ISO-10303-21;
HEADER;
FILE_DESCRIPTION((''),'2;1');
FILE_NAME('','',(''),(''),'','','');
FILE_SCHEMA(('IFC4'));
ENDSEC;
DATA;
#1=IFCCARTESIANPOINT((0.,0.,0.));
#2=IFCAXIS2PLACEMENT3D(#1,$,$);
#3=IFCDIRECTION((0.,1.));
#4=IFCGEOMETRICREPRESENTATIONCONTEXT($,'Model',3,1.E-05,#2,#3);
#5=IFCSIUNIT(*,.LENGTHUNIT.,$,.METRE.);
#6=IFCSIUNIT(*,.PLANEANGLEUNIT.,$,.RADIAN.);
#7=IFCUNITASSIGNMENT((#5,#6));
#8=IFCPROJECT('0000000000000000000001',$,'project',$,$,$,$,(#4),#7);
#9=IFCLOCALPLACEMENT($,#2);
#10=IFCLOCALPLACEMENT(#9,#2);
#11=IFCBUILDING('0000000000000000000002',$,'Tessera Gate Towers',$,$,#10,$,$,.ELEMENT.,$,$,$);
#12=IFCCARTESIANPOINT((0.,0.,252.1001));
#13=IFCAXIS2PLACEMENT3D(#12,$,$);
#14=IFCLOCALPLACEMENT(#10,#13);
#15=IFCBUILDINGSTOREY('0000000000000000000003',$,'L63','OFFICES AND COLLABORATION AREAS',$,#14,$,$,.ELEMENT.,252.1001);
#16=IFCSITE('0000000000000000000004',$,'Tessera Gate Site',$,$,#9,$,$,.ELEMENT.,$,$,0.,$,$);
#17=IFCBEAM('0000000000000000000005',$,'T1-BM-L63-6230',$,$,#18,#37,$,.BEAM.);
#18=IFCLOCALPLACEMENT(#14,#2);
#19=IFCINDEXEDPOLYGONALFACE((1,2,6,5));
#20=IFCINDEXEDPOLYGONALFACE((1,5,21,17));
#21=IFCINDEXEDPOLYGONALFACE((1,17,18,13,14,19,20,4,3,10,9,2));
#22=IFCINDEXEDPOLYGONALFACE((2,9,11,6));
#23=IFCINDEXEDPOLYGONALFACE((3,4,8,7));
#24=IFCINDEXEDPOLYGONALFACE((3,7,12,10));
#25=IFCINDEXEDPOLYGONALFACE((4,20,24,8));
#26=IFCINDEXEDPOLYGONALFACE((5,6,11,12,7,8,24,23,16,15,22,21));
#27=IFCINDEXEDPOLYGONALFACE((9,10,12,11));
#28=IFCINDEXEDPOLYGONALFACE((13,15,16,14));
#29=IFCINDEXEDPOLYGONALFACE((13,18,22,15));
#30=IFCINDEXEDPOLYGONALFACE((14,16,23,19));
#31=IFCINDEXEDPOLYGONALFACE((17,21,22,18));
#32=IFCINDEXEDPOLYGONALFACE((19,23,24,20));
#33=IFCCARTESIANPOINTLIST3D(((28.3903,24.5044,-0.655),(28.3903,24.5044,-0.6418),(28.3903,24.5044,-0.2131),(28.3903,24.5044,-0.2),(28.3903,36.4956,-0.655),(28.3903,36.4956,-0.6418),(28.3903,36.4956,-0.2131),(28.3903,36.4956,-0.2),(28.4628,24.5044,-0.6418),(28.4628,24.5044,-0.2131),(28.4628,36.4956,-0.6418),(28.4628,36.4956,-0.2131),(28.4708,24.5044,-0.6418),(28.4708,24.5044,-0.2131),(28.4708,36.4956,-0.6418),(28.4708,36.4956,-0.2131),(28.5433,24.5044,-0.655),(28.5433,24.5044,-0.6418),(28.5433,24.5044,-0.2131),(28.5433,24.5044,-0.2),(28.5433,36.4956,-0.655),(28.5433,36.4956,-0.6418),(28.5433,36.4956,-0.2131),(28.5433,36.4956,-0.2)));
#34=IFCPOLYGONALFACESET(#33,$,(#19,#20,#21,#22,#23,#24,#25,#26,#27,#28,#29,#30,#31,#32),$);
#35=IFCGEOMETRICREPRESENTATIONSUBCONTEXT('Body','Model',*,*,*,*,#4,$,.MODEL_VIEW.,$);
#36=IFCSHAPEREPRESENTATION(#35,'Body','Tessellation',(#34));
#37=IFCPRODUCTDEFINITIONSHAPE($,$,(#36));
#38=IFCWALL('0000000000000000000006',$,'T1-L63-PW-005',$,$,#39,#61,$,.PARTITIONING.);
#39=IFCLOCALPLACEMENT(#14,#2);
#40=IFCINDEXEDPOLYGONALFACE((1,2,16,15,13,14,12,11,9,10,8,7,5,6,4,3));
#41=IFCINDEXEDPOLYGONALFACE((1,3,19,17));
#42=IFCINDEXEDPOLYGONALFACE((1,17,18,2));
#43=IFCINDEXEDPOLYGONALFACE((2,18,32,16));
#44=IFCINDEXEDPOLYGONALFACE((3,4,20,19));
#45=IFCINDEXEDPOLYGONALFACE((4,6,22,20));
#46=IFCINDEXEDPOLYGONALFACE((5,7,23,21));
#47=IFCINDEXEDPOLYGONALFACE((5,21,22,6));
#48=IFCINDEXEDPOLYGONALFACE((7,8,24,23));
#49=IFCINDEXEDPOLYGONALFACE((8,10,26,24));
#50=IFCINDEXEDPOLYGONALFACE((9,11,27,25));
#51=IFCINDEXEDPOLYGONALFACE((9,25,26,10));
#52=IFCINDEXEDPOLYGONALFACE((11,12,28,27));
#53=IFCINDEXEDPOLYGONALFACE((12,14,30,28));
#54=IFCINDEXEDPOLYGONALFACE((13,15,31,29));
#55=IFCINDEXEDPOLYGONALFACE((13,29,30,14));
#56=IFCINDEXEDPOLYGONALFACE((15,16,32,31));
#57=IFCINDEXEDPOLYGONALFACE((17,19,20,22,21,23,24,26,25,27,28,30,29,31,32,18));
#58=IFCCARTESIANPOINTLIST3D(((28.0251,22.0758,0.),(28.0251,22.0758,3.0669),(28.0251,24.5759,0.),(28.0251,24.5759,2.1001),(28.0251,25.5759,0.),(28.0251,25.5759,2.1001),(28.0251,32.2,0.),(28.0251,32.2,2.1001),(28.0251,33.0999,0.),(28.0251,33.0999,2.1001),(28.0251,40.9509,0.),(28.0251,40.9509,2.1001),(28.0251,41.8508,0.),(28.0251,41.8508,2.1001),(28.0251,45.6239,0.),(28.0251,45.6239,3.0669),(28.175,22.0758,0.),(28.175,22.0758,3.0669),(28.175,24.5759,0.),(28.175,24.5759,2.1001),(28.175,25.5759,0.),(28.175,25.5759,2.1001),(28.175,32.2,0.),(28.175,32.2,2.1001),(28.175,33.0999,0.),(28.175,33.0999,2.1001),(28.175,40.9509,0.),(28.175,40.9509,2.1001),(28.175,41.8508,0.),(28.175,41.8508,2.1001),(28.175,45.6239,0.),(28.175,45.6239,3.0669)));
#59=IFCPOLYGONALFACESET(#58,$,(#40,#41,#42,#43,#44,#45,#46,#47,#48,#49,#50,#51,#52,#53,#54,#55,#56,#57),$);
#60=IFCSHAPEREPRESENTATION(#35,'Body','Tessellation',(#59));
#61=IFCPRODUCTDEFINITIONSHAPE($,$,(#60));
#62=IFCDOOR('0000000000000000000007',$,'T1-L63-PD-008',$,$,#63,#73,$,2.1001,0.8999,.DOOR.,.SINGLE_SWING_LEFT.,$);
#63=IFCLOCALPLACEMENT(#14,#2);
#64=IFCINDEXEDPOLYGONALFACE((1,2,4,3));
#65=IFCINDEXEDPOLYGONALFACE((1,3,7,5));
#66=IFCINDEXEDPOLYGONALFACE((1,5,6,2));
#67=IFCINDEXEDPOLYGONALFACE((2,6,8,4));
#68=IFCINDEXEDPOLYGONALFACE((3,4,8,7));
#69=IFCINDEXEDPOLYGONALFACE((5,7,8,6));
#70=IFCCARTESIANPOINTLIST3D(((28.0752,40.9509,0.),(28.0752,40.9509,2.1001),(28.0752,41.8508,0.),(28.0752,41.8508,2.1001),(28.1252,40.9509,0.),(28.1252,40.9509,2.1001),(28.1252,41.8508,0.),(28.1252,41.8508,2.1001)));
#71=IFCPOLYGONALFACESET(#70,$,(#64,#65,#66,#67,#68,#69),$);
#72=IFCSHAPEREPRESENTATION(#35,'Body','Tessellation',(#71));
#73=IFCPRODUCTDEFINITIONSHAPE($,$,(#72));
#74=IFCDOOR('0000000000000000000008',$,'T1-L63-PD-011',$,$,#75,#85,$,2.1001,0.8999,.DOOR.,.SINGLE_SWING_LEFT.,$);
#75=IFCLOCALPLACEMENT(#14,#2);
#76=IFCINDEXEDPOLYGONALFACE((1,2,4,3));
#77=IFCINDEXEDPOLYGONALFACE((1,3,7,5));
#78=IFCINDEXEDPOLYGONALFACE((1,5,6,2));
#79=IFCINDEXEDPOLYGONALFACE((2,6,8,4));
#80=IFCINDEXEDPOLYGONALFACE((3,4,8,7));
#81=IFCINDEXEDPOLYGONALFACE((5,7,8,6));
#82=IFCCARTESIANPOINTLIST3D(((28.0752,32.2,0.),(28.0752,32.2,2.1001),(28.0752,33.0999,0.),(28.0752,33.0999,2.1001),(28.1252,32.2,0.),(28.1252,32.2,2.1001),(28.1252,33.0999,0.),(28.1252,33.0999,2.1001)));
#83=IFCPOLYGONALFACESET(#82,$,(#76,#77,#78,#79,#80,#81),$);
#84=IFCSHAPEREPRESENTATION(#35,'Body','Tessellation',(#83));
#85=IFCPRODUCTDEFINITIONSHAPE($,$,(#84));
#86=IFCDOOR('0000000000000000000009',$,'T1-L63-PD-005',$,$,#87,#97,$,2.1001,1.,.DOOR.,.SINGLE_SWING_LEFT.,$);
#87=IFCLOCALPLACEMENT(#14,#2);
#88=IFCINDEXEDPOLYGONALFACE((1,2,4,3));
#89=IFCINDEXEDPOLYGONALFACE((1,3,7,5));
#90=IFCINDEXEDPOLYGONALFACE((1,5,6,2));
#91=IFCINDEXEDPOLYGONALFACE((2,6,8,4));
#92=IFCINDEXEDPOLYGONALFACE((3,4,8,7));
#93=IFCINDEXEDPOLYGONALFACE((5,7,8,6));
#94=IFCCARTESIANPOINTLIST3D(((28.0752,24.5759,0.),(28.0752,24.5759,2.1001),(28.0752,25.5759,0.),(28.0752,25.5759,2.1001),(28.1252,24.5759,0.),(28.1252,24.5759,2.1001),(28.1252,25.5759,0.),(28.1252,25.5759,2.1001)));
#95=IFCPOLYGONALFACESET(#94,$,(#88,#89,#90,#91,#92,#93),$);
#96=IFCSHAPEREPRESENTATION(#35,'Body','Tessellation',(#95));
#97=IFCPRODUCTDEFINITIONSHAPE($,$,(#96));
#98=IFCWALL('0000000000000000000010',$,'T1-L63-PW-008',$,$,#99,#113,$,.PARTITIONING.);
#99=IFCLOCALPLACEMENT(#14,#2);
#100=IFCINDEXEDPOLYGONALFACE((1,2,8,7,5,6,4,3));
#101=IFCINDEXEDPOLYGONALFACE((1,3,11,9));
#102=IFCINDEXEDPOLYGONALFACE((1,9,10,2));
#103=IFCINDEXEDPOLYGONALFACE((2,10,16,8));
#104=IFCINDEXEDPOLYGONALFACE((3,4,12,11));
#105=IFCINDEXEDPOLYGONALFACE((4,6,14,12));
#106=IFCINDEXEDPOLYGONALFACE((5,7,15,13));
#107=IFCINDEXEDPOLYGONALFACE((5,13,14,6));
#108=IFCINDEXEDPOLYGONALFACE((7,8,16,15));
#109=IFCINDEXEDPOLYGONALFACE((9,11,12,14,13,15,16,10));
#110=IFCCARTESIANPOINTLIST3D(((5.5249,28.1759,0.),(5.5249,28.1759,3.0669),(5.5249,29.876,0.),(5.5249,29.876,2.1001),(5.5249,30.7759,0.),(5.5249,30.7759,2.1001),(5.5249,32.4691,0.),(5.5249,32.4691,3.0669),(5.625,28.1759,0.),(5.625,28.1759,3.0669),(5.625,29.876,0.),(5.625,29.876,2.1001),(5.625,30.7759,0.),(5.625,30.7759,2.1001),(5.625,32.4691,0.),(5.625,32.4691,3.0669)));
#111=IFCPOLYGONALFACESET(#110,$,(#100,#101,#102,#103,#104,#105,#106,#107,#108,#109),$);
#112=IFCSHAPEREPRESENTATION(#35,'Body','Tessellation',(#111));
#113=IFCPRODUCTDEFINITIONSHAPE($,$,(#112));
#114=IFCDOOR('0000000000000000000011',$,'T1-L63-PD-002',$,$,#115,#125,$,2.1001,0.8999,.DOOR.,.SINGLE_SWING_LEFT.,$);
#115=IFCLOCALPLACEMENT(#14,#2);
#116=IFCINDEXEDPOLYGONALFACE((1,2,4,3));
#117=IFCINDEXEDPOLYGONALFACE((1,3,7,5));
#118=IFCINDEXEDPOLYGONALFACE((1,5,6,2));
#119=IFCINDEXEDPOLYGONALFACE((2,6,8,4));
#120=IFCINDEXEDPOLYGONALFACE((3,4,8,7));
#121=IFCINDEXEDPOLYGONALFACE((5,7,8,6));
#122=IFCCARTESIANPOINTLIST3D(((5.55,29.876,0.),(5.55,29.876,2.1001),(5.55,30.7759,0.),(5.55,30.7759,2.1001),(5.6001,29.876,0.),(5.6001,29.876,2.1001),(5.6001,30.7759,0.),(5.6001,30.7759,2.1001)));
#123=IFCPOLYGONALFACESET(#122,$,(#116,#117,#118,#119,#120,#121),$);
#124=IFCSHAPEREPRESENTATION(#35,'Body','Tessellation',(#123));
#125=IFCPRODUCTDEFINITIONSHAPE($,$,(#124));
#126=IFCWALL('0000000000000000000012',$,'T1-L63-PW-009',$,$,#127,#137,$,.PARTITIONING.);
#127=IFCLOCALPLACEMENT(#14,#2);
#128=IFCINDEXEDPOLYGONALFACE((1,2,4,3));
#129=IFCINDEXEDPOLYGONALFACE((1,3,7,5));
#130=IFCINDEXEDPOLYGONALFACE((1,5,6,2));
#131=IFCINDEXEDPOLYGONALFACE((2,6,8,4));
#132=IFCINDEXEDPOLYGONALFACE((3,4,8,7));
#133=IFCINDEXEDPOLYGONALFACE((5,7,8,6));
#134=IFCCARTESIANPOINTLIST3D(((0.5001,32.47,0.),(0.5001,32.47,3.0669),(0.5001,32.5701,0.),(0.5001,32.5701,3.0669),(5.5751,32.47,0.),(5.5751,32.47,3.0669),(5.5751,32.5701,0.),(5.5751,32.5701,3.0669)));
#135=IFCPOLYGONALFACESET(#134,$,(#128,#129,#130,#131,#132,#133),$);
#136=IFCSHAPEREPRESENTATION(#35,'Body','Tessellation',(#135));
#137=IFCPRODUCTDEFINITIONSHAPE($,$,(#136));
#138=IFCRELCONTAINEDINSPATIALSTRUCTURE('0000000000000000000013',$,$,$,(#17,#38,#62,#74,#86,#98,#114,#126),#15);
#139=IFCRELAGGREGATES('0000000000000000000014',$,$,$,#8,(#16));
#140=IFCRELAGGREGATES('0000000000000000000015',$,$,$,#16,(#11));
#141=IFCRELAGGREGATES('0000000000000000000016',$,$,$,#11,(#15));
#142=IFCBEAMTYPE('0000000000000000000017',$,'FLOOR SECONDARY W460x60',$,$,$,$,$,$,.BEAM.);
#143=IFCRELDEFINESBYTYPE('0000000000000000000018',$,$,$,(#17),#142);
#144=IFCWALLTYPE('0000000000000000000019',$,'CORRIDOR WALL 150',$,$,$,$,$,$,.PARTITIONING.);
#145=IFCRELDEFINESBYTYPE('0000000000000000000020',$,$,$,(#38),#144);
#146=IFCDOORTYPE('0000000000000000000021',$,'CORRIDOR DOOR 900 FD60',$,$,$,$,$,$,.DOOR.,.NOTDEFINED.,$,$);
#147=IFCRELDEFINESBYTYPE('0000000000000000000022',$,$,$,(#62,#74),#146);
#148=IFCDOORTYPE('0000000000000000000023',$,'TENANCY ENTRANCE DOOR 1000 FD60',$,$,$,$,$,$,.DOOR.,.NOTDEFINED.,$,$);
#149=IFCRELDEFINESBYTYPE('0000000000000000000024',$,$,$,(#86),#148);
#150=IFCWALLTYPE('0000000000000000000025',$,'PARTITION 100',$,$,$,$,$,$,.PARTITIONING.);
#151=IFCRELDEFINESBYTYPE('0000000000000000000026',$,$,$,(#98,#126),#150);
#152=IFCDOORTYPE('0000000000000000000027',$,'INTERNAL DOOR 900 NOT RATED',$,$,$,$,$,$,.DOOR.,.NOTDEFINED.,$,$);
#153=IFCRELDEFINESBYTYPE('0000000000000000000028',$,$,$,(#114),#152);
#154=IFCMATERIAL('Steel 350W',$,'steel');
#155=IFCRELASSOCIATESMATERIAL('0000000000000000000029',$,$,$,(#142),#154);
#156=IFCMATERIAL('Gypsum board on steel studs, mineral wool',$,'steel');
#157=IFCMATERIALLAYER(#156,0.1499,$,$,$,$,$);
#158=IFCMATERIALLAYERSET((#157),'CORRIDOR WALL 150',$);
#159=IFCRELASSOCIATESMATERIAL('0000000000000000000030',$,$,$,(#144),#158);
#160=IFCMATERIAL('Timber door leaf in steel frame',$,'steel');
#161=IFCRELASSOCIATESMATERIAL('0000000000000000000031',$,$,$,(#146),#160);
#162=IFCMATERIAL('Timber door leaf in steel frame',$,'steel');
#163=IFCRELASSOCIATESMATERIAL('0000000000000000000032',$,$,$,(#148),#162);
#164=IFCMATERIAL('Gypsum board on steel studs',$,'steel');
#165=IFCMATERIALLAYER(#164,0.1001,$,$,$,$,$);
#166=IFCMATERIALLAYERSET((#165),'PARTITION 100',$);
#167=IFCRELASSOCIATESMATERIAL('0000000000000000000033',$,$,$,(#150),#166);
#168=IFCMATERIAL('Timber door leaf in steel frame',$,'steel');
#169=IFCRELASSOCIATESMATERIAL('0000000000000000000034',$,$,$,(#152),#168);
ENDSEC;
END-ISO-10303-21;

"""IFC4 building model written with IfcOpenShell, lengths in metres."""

from ifc_helpers import new_model, si_unit, direction, frame, frame_2d, origin, origin_2d, place, context, subcontext, project, spatial, rectangle, i_section, extrude, source, transform, mapped, material, layer, layer_set, material_profile, profile_set, type_object, element, fill, save


model = new_model("IFC4")

# Units and contexts
model_context = context("Model", 3, precision=1e-05, world=origin(), true_north=direction((0.0, 1.0)))
body_context = subcontext(model_context, "Body", "Model", "MODEL_VIEW")
ifc_project = project(units=[si_unit("LENGTHUNIT", "METRE"), si_unit("PLANEANGLEUNIT", "RADIAN")], contexts=[model_context])

# Site, building, storey
site_placement = place(None, origin())
site = spatial("IfcSite", under=ifc_project, at=site_placement, Name="Tessera Gate Site", CompositionType="ELEMENT", RefElevation=0.0)
building_placement = place(site_placement, origin())
building = spatial("IfcBuilding", under=site, at=building_placement, Name="Tessera Gate Towers", CompositionType="ELEMENT")
storey_placement = place(building_placement, frame((0.0, 0.0, 252.1001)))
storey = spatial("IfcBuildingStorey", under=building, at=storey_placement, Name="L63", Description="OFFICES AND COLLABORATION AREAS", CompositionType="ELEMENT", Elevation=252.1001)

# Beam
ifc_material_1 = material(Name="Steel 350W", Category="steel")
ifc_material_profile_1 = material_profile(ifc_material_1, i_section(OverallWidth=0.1531, OverallDepth=0.4551, WebThickness=0.0081, FlangeThickness=0.0132, at=origin_2d()), Name="W460x60")
ifc_profile_set_1 = profile_set([ifc_material_profile_1], Name="Steel 350W")
beam_type_1 = type_object("IfcBeamType", Name="FLOOR SECONDARY W460x60", PredefinedType="BEAM", material=ifc_profile_set_1)
for number, where, z_axis, x_axis, name in (
    (1, (28.4668, 24.5044, -0.4275), (0.0, 1.0, 0.0), (-1.0, 0.0, 0.0), "T1-BM-L63-6230"),
):
    element("IfcBeam", number, at=place(storey_placement, frame(where, z_axis=z_axis, x_axis=x_axis)), inside=storey, type_object=beam_type_1, Name=name, PredefinedType="BEAM", context=body_context, shape_type="SweptSolid", body=[
        extrude(i_section(OverallWidth=0.1531, OverallDepth=0.4551, WebThickness=0.0081, FlangeThickness=0.0132, at=origin_2d()), origin(), (0.0, 0.0, 1.0), 11.9912),
    ])

# Wall, openings, doors
ifc_material_2 = material(Name="Gypsum board on steel studs, mineral wool", Category="steel")
ifc_layer_1 = layer(ifc_material_2, 0.1499)
ifc_layer_set_1 = layer_set([ifc_layer_1], Name="CORRIDOR WALL 150")
wall_type_1 = type_object("IfcWallType", Name="CORRIDOR WALL 150", PredefinedType="PARTITIONING", material=ifc_layer_set_1)
wall_1_placement = place(storey_placement, frame((28.1001, 22.0759, 0.0), z_axis=(0.0, 0.0, 1.0), x_axis=(0.0, 1.0, 0.0)))
wall_1 = element("IfcWall", 2, at=wall_1_placement, inside=storey, type_object=wall_type_1, Name="T1-L63-PW-005", PredefinedType="PARTITIONING", context=body_context, shape_type="SweptSolid", body=[
    extrude(rectangle(XDim=23.5481, YDim=0.1499, at=frame_2d((11.7739, 0.0))), origin(), (0.0, 0.0, 1.0), 3.0669),
])
shared_shape_1 = source(origin(), body_context, "Body", "SweptSolid", [
    extrude(rectangle(XDim=1.0, YDim=2.1001, at=frame_2d((0.5, 1.05))), frame((0.0, 0.085, 0.0), z_axis=(0.0, -1.0, 0.0), x_axis=(1.0, 0.0, 0.0)), (0.0, 0.0, 1.0), 0.1699),
])
opening_1_placement = place(wall_1_placement, frame((2.5, 0.0, 0.0)))
opening_1 = element("IfcOpeningElement", 3, at=opening_1_placement, cuts=wall_1, PredefinedType="OPENING", context=body_context, shape_type="MappedRepresentation", body=[
    mapped(shared_shape_1, transform((0.0, 0.0, 0.0), scale=1.0)),
])
shared_shape_2 = source(origin(), body_context, "Body", "SweptSolid", [
    extrude(rectangle(XDim=0.8999, YDim=2.1001, at=frame_2d((0.45, 1.05))), frame((0.0, 0.085, 0.0), z_axis=(0.0, -1.0, 0.0), x_axis=(1.0, 0.0, 0.0)), (0.0, 0.0, 1.0), 0.1699),
])
opening_2_placement = place(wall_1_placement, frame((18.875, 0.0, 0.0)))
opening_2 = element("IfcOpeningElement", 4, at=opening_2_placement, cuts=wall_1, PredefinedType="OPENING", context=body_context, shape_type="MappedRepresentation", body=[
    mapped(shared_shape_2, transform((0.0, 0.0, 0.0), scale=1.0)),
])
opening_3_placement = place(wall_1_placement, frame((10.124, 0.0, 0.0)))
opening_3 = element("IfcOpeningElement", 5, at=opening_3_placement, cuts=wall_1, PredefinedType="OPENING", context=body_context, shape_type="MappedRepresentation", body=[
    mapped(shared_shape_2, transform((0.0, 0.0, 0.0), scale=1.0)),
])
ifc_material_3 = material(Name="Timber door leaf in steel frame", Category="steel")
door_type_1 = type_object("IfcDoorType", Name="CORRIDOR DOOR 900 FD60", OperationType="NOTDEFINED", PredefinedType="DOOR", material=ifc_material_3)
shared_shape_3 = source(origin(), body_context, "Body", "SweptSolid", [
    extrude(rectangle(XDim=0.8999, YDim=2.1001, at=frame_2d((0.45, 1.05))), frame((0.0, 0.0249, 0.0), z_axis=(0.0, -1.0, 0.0), x_axis=(1.0, 0.0, 0.0)), (0.0, 0.0, 1.0), 0.05),
])
door_1_placement = place(opening_2_placement, origin())
door_1 = element("IfcDoor", 6, at=door_1_placement, inside=storey, type_object=door_type_1, Name="T1-L63-PD-008", OperationType="SINGLE_SWING_LEFT", OverallHeight=2.1001, OverallWidth=0.8999, PredefinedType="DOOR", context=body_context, shape_type="MappedRepresentation", body=[
    mapped(shared_shape_3, transform((0.0, 0.0, 0.0), scale=1.0)),
])
fill(opening_2, door_1)
door_2_placement = place(opening_3_placement, origin())
door_2 = element("IfcDoor", 7, at=door_2_placement, inside=storey, type_object=door_type_1, Name="T1-L63-PD-011", OperationType="SINGLE_SWING_LEFT", OverallHeight=2.1001, OverallWidth=0.8999, PredefinedType="DOOR", context=body_context, shape_type="MappedRepresentation", body=[
    mapped(shared_shape_3, transform((0.0, 0.0, 0.0), scale=1.0)),
])
fill(opening_3, door_2)
ifc_material_4 = material(Name="Timber door leaf in steel frame", Category="steel")
door_type_2 = type_object("IfcDoorType", Name="TENANCY ENTRANCE DOOR 1000 FD60", OperationType="NOTDEFINED", PredefinedType="DOOR", material=ifc_material_4)
shared_shape_4 = source(origin(), body_context, "Body", "SweptSolid", [
    extrude(rectangle(XDim=1.0, YDim=2.1001, at=frame_2d((0.5, 1.05))), frame((0.0, 0.0249, 0.0), z_axis=(0.0, -1.0, 0.0), x_axis=(1.0, 0.0, 0.0)), (0.0, 0.0, 1.0), 0.05),
])
door_3_placement = place(opening_1_placement, origin())
door_3 = element("IfcDoor", 8, at=door_3_placement, inside=storey, type_object=door_type_2, Name="T1-L63-PD-005", OperationType="SINGLE_SWING_LEFT", OverallHeight=2.1001, OverallWidth=1.0, PredefinedType="DOOR", context=body_context, shape_type="MappedRepresentation", body=[
    mapped(shared_shape_4, transform((0.0, 0.0, 0.0), scale=1.0)),
])
fill(opening_1, door_3)

# Wall, opening, door
ifc_material_5 = material(Name="Gypsum board on steel studs", Category="steel")
ifc_layer_2 = layer(ifc_material_5, 0.1001)
ifc_layer_set_2 = layer_set([ifc_layer_2], Name="PARTITION 100")
wall_type_2 = type_object("IfcWallType", Name="PARTITION 100", PredefinedType="PARTITIONING", material=ifc_layer_set_2)
wall_2_placement = place(storey_placement, frame((5.575, 28.176, 0.0), z_axis=(0.0, 0.0, 1.0), x_axis=(0.0, 1.0, 0.0)))
wall_2 = element("IfcWall", 9, at=wall_2_placement, inside=storey, type_object=wall_type_2, Name="T1-L63-PW-008", PredefinedType="PARTITIONING", context=body_context, shape_type="SweptSolid", body=[
    extrude(rectangle(XDim=4.2932, YDim=0.1001, at=frame_2d((2.1465, 0.0))), origin(), (0.0, 0.0, 1.0), 3.0669),
])
shared_shape_5 = source(origin(), body_context, "Body", "SweptSolid", [
    extrude(rectangle(XDim=0.8999, YDim=2.1001, at=frame_2d((0.45, 1.05))), frame((0.0, 0.0601, 0.0), z_axis=(0.0, -1.0, 0.0), x_axis=(1.0, 0.0, 0.0)), (0.0, 0.0, 1.0), 0.1201),
])
opening_4_placement = place(wall_2_placement, frame((1.7, 0.0, 0.0)))
opening_4 = element("IfcOpeningElement", 10, at=opening_4_placement, cuts=wall_2, PredefinedType="OPENING", context=body_context, shape_type="MappedRepresentation", body=[
    mapped(shared_shape_5, transform((0.0, 0.0, 0.0), scale=1.0)),
])
ifc_material_6 = material(Name="Timber door leaf in steel frame", Category="steel")
door_type_3 = type_object("IfcDoorType", Name="INTERNAL DOOR 900 NOT RATED", OperationType="NOTDEFINED", PredefinedType="DOOR", material=ifc_material_6)
door_4_placement = place(opening_4_placement, origin())
door_4 = element("IfcDoor", 11, at=door_4_placement, inside=storey, type_object=door_type_3, Name="T1-L63-PD-002", OperationType="SINGLE_SWING_LEFT", OverallHeight=2.1001, OverallWidth=0.8999, PredefinedType="DOOR", context=body_context, shape_type="MappedRepresentation", body=[
    mapped(shared_shape_3, transform((0.0, 0.0, 0.0), scale=1.0)),
])
fill(opening_4, door_4)

# Wall
wall_3_placement = place(storey_placement, frame((0.5, 32.52, 0.0), z_axis=(0.0, 0.0, 1.0), x_axis=(1.0, 0.0, 0.0)))
element("IfcWall", 12, at=wall_3_placement, inside=storey, type_object=wall_type_2, Name="T1-L63-PW-009", PredefinedType="PARTITIONING", context=body_context, shape_type="SweptSolid", body=[
    extrude(rectangle(XDim=5.075, YDim=0.1001, at=frame_2d((2.5376, 0.0))), origin(), (0.0, 0.0, 1.0), 3.0669),
])

save(model, "model.ifc")
